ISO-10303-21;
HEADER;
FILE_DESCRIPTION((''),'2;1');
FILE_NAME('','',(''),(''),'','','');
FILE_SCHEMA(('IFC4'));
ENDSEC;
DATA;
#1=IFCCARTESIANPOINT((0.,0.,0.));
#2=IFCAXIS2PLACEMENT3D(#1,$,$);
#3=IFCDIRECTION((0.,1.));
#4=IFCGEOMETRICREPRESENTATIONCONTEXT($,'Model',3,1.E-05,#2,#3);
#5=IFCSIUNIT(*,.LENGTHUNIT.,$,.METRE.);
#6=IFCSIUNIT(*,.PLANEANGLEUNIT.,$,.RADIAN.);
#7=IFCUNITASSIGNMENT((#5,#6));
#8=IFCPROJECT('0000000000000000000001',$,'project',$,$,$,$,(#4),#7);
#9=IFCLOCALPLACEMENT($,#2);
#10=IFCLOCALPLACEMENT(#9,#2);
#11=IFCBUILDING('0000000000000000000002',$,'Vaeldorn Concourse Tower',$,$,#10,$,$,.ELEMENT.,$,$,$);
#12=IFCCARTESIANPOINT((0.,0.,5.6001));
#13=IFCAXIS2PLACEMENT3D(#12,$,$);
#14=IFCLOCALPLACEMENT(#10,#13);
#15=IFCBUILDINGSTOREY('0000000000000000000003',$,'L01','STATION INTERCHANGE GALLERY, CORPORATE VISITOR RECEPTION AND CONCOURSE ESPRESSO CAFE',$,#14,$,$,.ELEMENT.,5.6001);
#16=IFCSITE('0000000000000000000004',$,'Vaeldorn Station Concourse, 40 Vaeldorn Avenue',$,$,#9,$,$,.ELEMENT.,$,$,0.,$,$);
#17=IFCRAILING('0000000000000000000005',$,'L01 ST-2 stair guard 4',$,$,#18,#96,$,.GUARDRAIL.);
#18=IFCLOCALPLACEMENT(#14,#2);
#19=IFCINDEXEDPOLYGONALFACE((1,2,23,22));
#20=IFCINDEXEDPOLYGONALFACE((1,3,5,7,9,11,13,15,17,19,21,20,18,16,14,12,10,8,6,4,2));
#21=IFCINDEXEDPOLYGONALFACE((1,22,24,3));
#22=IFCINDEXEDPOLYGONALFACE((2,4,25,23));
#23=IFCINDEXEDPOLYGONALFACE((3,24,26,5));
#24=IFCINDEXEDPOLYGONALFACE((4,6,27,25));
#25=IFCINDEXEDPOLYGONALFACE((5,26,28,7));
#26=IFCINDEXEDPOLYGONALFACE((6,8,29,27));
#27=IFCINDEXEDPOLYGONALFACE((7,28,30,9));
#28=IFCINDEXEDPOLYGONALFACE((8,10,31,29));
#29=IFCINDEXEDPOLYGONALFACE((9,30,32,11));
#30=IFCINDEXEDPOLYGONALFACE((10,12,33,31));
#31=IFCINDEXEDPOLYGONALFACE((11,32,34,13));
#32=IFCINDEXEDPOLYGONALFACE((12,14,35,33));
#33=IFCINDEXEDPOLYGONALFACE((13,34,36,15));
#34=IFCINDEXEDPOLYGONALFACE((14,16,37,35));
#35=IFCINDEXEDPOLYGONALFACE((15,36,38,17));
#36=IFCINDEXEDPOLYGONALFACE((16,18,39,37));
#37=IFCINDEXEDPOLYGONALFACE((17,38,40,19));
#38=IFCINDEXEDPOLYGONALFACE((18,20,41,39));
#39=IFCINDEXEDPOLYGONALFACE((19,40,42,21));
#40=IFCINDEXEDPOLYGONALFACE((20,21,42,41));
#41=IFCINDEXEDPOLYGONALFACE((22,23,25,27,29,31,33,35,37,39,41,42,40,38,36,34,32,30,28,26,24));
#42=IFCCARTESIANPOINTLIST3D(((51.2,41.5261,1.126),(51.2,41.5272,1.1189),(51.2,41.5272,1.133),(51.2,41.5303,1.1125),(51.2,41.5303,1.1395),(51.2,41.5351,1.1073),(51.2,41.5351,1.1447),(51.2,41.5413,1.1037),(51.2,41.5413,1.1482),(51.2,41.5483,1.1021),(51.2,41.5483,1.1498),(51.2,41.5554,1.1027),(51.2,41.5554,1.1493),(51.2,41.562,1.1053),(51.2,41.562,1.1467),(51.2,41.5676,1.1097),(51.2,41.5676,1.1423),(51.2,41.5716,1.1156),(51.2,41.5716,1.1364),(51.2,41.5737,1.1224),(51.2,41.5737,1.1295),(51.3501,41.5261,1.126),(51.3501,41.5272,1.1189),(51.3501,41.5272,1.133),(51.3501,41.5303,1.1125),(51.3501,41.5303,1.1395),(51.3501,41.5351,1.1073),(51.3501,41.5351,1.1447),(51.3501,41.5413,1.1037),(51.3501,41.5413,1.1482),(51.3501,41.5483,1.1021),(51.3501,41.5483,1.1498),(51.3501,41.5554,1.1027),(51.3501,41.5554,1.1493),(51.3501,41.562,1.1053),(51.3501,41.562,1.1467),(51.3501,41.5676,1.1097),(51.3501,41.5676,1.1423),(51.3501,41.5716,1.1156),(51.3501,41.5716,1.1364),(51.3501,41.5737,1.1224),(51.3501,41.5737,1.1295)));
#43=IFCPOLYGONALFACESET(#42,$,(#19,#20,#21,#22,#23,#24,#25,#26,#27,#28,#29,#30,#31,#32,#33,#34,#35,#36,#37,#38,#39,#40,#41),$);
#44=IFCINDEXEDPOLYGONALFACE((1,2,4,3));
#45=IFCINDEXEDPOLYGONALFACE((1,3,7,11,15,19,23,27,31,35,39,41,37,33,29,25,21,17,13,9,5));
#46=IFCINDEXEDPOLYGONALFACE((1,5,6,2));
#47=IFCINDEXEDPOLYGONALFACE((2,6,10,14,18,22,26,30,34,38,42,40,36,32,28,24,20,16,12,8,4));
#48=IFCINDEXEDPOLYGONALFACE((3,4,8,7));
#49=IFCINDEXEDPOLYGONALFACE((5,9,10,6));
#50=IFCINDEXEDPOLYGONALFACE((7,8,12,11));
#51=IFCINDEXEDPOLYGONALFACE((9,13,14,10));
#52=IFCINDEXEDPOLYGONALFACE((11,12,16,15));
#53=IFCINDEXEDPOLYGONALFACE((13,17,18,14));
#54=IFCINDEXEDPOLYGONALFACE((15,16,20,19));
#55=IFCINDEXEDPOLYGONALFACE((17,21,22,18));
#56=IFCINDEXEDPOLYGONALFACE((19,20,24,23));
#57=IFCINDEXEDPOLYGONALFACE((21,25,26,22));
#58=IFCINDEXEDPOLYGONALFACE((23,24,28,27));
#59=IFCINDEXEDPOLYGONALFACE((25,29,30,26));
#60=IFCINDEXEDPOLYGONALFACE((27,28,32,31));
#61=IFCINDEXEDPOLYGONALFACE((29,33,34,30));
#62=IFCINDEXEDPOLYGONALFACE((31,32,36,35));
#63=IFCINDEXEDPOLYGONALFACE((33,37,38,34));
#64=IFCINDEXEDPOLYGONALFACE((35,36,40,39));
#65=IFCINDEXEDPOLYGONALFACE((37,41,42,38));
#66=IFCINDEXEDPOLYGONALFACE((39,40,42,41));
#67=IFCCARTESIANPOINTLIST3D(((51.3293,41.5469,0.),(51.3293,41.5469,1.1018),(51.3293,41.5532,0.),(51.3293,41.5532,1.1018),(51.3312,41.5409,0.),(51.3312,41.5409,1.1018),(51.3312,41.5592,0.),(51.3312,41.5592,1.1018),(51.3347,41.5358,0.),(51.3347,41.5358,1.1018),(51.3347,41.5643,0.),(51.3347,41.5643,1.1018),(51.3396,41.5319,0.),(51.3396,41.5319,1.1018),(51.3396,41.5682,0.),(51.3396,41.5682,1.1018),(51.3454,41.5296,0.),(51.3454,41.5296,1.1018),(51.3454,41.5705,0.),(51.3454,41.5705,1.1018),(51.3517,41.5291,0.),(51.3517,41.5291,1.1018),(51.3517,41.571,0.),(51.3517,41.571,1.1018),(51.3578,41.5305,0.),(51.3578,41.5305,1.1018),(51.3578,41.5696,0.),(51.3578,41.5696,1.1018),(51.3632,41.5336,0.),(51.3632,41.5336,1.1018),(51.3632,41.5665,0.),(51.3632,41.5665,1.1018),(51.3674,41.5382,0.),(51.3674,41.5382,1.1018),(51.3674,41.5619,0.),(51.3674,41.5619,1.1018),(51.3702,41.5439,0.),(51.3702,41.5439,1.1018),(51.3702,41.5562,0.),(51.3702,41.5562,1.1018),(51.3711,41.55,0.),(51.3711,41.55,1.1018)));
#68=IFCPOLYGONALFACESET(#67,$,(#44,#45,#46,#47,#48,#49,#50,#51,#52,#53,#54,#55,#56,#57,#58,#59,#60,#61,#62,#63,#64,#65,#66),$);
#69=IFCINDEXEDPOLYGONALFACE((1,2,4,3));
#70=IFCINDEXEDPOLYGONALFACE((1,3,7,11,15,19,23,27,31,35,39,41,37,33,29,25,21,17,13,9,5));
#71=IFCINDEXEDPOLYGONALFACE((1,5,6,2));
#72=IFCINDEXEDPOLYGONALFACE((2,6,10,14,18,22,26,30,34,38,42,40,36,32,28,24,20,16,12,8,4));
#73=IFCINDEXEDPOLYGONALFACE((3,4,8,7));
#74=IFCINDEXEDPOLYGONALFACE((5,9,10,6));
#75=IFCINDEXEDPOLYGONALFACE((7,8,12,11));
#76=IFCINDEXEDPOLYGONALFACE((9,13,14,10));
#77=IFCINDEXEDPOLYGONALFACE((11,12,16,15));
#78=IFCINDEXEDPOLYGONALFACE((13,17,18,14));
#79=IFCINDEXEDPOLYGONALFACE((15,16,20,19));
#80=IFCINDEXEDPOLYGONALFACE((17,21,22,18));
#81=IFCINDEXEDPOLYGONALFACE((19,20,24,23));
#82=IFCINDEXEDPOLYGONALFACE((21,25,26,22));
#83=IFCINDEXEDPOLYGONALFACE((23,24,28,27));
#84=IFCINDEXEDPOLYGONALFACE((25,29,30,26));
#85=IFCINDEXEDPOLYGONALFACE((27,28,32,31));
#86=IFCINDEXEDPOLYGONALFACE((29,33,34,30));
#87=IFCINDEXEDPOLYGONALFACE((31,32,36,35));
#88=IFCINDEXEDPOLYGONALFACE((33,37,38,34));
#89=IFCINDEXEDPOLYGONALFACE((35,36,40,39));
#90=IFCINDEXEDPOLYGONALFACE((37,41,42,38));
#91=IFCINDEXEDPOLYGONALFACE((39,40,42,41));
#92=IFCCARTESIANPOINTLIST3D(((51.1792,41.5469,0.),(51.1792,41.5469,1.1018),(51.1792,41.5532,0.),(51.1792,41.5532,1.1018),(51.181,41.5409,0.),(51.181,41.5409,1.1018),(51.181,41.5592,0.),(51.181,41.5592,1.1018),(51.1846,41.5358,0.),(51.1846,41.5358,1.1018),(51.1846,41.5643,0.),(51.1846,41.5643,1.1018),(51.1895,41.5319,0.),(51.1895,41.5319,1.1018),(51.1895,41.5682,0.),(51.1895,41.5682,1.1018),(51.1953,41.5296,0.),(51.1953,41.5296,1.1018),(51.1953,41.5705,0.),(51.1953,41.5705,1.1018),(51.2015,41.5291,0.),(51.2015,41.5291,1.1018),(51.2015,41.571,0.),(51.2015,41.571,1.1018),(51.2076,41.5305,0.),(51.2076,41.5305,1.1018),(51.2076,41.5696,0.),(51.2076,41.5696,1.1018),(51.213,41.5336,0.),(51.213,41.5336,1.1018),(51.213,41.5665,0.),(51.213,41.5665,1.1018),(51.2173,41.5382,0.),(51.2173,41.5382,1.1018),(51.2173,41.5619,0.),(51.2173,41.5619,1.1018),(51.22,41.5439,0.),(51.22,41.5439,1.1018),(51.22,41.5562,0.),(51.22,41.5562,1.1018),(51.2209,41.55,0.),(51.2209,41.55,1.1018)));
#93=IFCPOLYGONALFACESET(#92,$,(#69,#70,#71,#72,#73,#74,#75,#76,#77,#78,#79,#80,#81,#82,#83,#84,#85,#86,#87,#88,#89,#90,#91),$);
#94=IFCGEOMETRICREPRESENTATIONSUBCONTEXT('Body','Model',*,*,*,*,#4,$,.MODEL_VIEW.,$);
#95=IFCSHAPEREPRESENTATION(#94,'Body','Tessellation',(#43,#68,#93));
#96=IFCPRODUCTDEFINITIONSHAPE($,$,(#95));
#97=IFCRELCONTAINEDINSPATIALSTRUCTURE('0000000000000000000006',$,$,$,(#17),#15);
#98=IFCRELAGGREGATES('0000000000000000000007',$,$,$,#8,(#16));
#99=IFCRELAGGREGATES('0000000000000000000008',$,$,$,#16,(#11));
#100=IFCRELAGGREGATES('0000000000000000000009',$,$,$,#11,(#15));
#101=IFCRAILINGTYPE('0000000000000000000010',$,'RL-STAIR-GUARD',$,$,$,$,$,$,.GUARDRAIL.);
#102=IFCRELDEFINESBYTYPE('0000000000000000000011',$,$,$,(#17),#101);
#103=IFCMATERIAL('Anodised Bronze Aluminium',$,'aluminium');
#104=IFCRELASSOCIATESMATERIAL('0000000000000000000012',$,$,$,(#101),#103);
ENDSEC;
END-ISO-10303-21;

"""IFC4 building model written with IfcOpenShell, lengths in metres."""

from ifc_helpers import new_model, si_unit, direction, frame, origin, origin_2d, place, context, subcontext, project, spatial, circle, extrude, material, type_object, element, save


model = new_model("IFC4")

# Units and contexts
model_context = context("Model", 3, precision=1e-05, world=origin(), true_north=direction((0.0, 1.0)))
body_context = subcontext(model_context, "Body", "Model", "MODEL_VIEW")
ifc_project = project(units=[si_unit("LENGTHUNIT", "METRE"), si_unit("PLANEANGLEUNIT", "RADIAN")], contexts=[model_context])

# Site, building, storey
site_placement = place(None, origin())
site = spatial("IfcSite", under=ifc_project, at=site_placement, Name="Vaeldorn Station Concourse, 40 Vaeldorn Avenue", CompositionType="ELEMENT", RefElevation=0.0)
building_placement = place(site_placement, origin())
building = spatial("IfcBuilding", under=site, at=building_placement, Name="Vaeldorn Concourse Tower", CompositionType="ELEMENT")
storey_placement = place(building_placement, frame((0.0, 0.0, 5.6001)))
storey = spatial("IfcBuildingStorey", under=building, at=storey_placement, Name="L01", Description="STATION INTERCHANGE GALLERY, CORPORATE VISITOR RECEPTION AND CONCOURSE ESPRESSO CAFE", CompositionType="ELEMENT", Elevation=5.6001)

# Shared definitions
ifc_material_1 = material(Name="Anodised Bronze Aluminium", Category="aluminium")

# Railing
railing_type_1 = type_object("IfcRailingType", Name="RL-STAIR-GUARD", PredefinedType="GUARDRAIL", material=ifc_material_1)
railing_1_placement = place(storey_placement, frame((51.3501, 41.55, 0.0)))
element("IfcRailing", 1, at=railing_1_placement, inside=storey, type_object=railing_type_1, Name="L01 ST-2 stair guard 4", PredefinedType="GUARDRAIL", context=body_context, shape_type="SweptSolid", body=[
    extrude(circle(Radius=0.0239, at=origin_2d()), frame((0.0, 0.0, 1.126), z_axis=(-1.0, 0.0, 0.0), x_axis=(0.0, -1.0, 0.0)), (0.0, 0.0, 1.0), 0.1501),
    extrude(circle(Radius=0.021, at=origin_2d()), origin(), (0.0, 0.0, 1.0), 1.1018),
    extrude(circle(Radius=0.021, at=origin_2d()), frame((-0.1501, 0.0, 0.0)), (0.0, 0.0, 1.0), 1.1018),
])

save(model, "model.ifc")
